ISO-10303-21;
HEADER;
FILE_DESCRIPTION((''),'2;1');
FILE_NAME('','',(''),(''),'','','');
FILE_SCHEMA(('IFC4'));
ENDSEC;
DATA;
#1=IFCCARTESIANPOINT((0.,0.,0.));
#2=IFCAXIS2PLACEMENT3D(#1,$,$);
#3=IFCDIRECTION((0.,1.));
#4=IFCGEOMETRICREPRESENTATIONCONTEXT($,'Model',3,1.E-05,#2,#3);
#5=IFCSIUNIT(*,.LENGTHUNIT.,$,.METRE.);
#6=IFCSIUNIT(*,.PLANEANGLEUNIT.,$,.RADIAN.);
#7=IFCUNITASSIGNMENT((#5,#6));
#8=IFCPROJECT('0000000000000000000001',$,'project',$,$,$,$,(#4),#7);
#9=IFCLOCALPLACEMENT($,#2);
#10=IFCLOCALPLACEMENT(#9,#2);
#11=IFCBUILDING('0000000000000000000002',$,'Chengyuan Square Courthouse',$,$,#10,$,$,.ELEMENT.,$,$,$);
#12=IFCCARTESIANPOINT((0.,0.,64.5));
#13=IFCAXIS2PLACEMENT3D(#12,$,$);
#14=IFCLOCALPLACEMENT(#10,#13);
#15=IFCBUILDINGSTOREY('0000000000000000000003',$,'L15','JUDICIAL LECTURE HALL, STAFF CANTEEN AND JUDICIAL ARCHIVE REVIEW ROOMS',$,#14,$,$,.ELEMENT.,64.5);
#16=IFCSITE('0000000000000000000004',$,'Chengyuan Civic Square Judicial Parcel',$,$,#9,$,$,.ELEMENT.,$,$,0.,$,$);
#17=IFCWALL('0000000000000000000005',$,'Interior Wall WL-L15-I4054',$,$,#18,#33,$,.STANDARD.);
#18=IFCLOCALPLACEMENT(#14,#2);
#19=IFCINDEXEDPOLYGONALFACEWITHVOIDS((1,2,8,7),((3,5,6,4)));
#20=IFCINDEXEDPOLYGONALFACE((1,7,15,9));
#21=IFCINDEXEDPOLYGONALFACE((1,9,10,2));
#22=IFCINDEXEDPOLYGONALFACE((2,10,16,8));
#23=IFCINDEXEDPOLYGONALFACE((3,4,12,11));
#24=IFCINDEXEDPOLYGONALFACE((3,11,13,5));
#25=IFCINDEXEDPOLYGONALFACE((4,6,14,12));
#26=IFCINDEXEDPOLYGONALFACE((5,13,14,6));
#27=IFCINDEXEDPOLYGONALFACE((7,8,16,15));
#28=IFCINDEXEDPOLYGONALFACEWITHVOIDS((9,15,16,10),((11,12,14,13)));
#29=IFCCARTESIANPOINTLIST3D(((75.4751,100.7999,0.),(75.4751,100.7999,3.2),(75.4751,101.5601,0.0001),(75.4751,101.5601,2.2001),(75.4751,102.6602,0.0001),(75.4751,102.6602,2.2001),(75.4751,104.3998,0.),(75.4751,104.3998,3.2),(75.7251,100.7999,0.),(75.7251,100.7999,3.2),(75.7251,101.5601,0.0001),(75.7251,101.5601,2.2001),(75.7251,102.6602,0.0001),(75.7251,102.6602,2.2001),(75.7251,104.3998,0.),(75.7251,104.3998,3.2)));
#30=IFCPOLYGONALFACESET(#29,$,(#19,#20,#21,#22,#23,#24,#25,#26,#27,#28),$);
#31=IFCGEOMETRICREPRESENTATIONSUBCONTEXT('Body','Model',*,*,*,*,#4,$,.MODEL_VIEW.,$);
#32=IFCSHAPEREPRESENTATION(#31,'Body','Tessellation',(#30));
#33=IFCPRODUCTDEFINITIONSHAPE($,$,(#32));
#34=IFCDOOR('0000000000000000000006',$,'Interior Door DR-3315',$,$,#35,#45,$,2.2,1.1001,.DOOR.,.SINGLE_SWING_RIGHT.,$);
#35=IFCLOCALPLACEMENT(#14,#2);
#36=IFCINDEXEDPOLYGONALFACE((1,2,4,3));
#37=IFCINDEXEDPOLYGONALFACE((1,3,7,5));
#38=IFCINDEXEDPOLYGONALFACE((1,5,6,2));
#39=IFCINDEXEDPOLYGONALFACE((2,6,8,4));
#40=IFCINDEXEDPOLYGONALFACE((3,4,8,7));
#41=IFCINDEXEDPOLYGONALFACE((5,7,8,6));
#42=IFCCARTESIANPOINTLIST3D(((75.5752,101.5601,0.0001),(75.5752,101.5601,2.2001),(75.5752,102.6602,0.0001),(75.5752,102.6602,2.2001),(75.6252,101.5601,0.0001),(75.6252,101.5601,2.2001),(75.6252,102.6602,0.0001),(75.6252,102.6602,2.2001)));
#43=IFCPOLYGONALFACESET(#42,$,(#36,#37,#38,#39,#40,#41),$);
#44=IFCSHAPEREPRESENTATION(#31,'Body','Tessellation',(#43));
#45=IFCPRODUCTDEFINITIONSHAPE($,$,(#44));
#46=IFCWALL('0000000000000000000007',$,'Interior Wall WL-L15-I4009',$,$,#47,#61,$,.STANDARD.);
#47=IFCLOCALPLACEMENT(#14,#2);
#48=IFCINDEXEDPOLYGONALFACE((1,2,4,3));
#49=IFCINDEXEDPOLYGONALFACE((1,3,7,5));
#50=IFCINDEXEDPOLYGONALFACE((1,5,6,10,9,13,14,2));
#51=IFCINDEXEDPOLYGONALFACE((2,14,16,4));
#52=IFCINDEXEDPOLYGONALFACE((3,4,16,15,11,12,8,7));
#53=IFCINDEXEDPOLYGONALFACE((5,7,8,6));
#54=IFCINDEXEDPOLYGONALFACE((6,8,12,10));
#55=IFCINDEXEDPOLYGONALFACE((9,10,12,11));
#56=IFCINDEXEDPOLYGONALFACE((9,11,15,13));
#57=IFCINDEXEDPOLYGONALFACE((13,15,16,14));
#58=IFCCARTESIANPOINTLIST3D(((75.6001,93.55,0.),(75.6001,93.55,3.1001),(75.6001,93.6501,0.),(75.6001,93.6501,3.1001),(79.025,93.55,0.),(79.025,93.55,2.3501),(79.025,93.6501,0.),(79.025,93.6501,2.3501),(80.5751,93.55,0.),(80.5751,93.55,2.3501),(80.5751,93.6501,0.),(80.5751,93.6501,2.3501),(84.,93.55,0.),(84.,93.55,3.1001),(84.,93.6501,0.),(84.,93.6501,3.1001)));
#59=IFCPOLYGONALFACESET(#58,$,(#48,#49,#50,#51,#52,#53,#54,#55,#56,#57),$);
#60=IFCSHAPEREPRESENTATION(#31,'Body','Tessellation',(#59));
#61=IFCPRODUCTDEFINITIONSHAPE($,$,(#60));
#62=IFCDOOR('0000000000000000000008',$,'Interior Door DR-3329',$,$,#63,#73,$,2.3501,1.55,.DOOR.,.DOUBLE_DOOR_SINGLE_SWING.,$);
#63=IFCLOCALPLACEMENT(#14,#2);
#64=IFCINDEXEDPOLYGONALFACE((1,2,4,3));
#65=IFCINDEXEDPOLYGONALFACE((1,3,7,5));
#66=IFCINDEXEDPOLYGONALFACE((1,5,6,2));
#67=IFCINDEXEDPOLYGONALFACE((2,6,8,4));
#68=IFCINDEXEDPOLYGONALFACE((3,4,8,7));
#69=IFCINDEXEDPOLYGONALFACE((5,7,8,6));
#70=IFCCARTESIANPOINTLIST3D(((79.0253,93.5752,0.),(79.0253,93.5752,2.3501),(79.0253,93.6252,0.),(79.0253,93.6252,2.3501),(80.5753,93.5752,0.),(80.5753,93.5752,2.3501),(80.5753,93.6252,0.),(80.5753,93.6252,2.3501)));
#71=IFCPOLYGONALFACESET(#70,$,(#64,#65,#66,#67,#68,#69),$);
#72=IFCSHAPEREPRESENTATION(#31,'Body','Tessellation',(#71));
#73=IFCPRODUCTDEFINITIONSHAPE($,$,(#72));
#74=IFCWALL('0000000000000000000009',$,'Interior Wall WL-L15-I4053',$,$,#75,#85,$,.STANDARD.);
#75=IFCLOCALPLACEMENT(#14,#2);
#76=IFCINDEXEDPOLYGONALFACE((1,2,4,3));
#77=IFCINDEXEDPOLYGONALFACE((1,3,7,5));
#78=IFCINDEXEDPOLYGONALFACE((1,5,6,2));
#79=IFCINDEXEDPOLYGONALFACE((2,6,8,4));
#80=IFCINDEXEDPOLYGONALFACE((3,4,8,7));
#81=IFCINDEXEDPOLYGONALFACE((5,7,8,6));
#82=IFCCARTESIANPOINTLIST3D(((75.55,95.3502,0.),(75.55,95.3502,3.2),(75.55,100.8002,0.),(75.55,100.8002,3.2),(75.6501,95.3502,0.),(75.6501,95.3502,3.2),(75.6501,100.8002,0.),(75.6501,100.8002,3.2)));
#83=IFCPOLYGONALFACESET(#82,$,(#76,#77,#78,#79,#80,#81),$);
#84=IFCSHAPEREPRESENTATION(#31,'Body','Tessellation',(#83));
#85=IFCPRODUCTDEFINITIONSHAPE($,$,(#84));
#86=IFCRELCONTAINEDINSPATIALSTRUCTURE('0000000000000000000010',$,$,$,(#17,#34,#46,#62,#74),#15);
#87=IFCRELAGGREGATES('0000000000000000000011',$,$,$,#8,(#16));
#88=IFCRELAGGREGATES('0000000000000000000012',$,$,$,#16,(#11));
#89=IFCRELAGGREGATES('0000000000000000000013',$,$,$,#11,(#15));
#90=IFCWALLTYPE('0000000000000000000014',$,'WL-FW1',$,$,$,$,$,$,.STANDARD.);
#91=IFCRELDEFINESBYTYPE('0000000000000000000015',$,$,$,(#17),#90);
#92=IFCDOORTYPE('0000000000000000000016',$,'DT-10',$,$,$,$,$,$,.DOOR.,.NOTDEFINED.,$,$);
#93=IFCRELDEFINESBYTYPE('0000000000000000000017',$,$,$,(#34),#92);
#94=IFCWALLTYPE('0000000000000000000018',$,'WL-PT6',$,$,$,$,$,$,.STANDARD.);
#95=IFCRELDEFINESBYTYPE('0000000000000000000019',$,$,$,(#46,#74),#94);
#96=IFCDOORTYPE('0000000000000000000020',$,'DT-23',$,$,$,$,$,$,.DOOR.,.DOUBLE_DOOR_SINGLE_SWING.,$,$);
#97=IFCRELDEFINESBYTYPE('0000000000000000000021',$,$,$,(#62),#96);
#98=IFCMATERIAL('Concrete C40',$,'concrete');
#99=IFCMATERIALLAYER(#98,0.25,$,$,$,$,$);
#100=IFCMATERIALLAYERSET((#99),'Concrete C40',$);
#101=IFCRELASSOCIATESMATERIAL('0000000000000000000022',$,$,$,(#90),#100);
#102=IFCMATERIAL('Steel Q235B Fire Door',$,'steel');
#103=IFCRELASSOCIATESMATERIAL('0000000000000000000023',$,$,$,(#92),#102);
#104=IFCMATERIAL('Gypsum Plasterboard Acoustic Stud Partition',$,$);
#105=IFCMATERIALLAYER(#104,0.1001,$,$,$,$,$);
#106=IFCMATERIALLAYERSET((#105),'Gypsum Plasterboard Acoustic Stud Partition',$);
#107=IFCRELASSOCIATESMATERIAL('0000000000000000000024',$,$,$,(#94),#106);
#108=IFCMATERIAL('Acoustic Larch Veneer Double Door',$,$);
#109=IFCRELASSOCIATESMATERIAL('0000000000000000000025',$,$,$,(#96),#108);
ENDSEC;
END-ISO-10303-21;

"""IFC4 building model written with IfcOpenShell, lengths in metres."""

from ifc_helpers import new_model, si_unit, direction, frame, frame_2d, origin, place, context, subcontext, project, spatial, rectangle, extrude, material, layer, layer_set, type_object, element, fill, save


model = new_model("IFC4")

# Units and contexts
model_context = context("Model", 3, precision=1e-05, world=origin(), true_north=direction((0.0, 1.0)))
body_context = subcontext(model_context, "Body", "Model", "MODEL_VIEW")
ifc_project = project(units=[si_unit("LENGTHUNIT", "METRE"), si_unit("PLANEANGLEUNIT", "RADIAN")], contexts=[model_context])

# Site, building, storey
site_placement = place(None, origin())
site = spatial("IfcSite", under=ifc_project, at=site_placement, Name="Chengyuan Civic Square Judicial Parcel", CompositionType="ELEMENT", RefElevation=0.0)
building_placement = place(site_placement, origin())
building = spatial("IfcBuilding", under=site, at=building_placement, Name="Chengyuan Square Courthouse", CompositionType="ELEMENT")
storey_placement = place(building_placement, frame((0.0, 0.0, 64.5)))
storey = spatial("IfcBuildingStorey", under=building, at=storey_placement, Name="L15", Description="JUDICIAL LECTURE HALL, STAFF CANTEEN AND JUDICIAL ARCHIVE REVIEW ROOMS", CompositionType="ELEMENT", Elevation=64.5)

# Shared definitions
ifc_material_1 = material(Name="Concrete C40", Category="concrete")

# Shared definitions
ifc_layer_1 = layer(ifc_material_1, 0.25)
ifc_layer_set_1 = layer_set([ifc_layer_1], Name="Concrete C40")
wall_type_1 = type_object("IfcWallType", Name="WL-FW1", PredefinedType="STANDARD", material=ifc_layer_set_1)
ifc_material_2 = material(Name="Steel Q235B Fire Door", Category="steel")
door_type_1 = type_object("IfcDoorType", Name="DT-10", OperationType="NOTDEFINED", PredefinedType="DOOR", material=ifc_material_2)

# Walls, openings, doors
wall_1_placement = place(storey_placement, frame((75.6001, 100.8, 0.0), z_axis=(0.0, 0.0, 1.0), x_axis=(0.0, 1.0, 0.0)))
wall_1 = element("IfcWall", 1, at=wall_1_placement, inside=storey, type_object=wall_type_1, Name="Interior Wall WL-L15-I4054", PredefinedType="STANDARD", context=body_context, shape_type="SweptSolid", body=[
    extrude(rectangle(XDim=3.5999, YDim=0.25, at=frame_2d((1.7998, 0.0))), origin(), (0.0, 0.0, 1.0), 3.2),
])
opening_1_placement = place(wall_1_placement, frame((0.76, 0.0, 0.0)))
opening_1 = element("IfcOpeningElement", 2, at=opening_1_placement, cuts=wall_1, PredefinedType="OPENING", context=body_context, shape_type="SweptSolid", body=[
    extrude(rectangle(XDim=1.1001, YDim=2.2, at=frame_2d((0.55, 1.1001))), frame((0.0, 0.137, 0.0), z_axis=(0.0, -1.0, 0.0), x_axis=(1.0, 0.0, 0.0)), (0.0, 0.0, 1.0), 0.2739),
])
door_1_placement = place(opening_1_placement, origin())
door_1 = element("IfcDoor", 3, at=door_1_placement, inside=storey, type_object=door_type_1, Name="Interior Door DR-3315", OperationType="SINGLE_SWING_RIGHT", OverallHeight=2.2, OverallWidth=1.1001, PredefinedType="DOOR", context=body_context, shape_type="SweptSolid", body=[
    extrude(rectangle(XDim=1.1001, YDim=2.2, at=frame_2d((0.55, 1.1001))), frame((0.0, 0.0249, 0.0), z_axis=(0.0, -1.0, 0.0), x_axis=(1.0, 0.0, 0.0)), (0.0, 0.0, 1.0), 0.05),
])
fill(opening_1, door_1)
ifc_material_3 = material(Name="Gypsum Plasterboard Acoustic Stud Partition")
ifc_layer_2 = layer(ifc_material_3, 0.1001)
ifc_layer_set_2 = layer_set([ifc_layer_2], Name="Gypsum Plasterboard Acoustic Stud Partition")
wall_type_2 = type_object("IfcWallType", Name="WL-PT6", PredefinedType="STANDARD", material=ifc_layer_set_2)
wall_2_placement = place(storey_placement, frame((75.6001, 93.6001, 0.0), z_axis=(0.0, 0.0, 1.0), x_axis=(1.0, 0.0, 0.0)))
wall_2 = element("IfcWall", 4, at=wall_2_placement, inside=storey, type_object=wall_type_2, Name="Interior Wall WL-L15-I4009", PredefinedType="STANDARD", context=body_context, shape_type="SweptSolid", body=[
    extrude(rectangle(XDim=8.3999, YDim=0.1001, at=frame_2d((4.2, 0.0))), origin(), (0.0, 0.0, 1.0), 3.1001),
])
opening_2_placement = place(wall_2_placement, frame((3.425, 0.0, 0.0)))
opening_2 = element("IfcOpeningElement", 5, at=opening_2_placement, cuts=wall_2, PredefinedType="OPENING", context=body_context, shape_type="SweptSolid", body=[
    extrude(rectangle(XDim=1.55, YDim=2.3501, at=frame_2d((0.7749, 1.175))), frame((0.0, 0.062, 0.0), z_axis=(0.0, -1.0, 0.0), x_axis=(1.0, 0.0, 0.0)), (0.0, 0.0, 1.0), 0.124),
])
ifc_material_4 = material(Name="Acoustic Larch Veneer Double Door")
door_type_2 = type_object("IfcDoorType", Name="DT-23", OperationType="DOUBLE_DOOR_SINGLE_SWING", PredefinedType="DOOR", material=ifc_material_4)
door_2_placement = place(opening_2_placement, frame((1.55, 0.0, 0.0), z_axis=(0.0, 0.0, 1.0), x_axis=(-1.0, 0.0, 0.0)))
door_2 = element("IfcDoor", 6, at=door_2_placement, inside=storey, type_object=door_type_2, Name="Interior Door DR-3329", OperationType="DOUBLE_DOOR_SINGLE_SWING", OverallHeight=2.3501, OverallWidth=1.55, PredefinedType="DOOR", context=body_context, shape_type="SweptSolid", body=[
    extrude(rectangle(XDim=1.55, YDim=2.3501, at=frame_2d((0.7749, 1.175))), frame((0.0, 0.0249, 0.0), z_axis=(0.0, -1.0, 0.0), x_axis=(1.0, 0.0, 0.0)), (0.0, 0.0, 1.0), 0.05),
])
fill(opening_2, door_2)

# Wall
wall_3_placement = place(storey_placement, frame((75.6001, 95.3501, 0.0), z_axis=(0.0, 0.0, 1.0), x_axis=(0.0, 1.0, 0.0)))
element("IfcWall", 7, at=wall_3_placement, inside=storey, type_object=wall_type_2, Name="Interior Wall WL-L15-I4053", PredefinedType="STANDARD", context=body_context, shape_type="SweptSolid", body=[
    extrude(rectangle(XDim=5.45, YDim=0.1001, at=frame_2d((2.7251, 0.0))), origin(), (0.0, 0.0, 1.0), 3.2),
])

save(model, "model.ifc")
